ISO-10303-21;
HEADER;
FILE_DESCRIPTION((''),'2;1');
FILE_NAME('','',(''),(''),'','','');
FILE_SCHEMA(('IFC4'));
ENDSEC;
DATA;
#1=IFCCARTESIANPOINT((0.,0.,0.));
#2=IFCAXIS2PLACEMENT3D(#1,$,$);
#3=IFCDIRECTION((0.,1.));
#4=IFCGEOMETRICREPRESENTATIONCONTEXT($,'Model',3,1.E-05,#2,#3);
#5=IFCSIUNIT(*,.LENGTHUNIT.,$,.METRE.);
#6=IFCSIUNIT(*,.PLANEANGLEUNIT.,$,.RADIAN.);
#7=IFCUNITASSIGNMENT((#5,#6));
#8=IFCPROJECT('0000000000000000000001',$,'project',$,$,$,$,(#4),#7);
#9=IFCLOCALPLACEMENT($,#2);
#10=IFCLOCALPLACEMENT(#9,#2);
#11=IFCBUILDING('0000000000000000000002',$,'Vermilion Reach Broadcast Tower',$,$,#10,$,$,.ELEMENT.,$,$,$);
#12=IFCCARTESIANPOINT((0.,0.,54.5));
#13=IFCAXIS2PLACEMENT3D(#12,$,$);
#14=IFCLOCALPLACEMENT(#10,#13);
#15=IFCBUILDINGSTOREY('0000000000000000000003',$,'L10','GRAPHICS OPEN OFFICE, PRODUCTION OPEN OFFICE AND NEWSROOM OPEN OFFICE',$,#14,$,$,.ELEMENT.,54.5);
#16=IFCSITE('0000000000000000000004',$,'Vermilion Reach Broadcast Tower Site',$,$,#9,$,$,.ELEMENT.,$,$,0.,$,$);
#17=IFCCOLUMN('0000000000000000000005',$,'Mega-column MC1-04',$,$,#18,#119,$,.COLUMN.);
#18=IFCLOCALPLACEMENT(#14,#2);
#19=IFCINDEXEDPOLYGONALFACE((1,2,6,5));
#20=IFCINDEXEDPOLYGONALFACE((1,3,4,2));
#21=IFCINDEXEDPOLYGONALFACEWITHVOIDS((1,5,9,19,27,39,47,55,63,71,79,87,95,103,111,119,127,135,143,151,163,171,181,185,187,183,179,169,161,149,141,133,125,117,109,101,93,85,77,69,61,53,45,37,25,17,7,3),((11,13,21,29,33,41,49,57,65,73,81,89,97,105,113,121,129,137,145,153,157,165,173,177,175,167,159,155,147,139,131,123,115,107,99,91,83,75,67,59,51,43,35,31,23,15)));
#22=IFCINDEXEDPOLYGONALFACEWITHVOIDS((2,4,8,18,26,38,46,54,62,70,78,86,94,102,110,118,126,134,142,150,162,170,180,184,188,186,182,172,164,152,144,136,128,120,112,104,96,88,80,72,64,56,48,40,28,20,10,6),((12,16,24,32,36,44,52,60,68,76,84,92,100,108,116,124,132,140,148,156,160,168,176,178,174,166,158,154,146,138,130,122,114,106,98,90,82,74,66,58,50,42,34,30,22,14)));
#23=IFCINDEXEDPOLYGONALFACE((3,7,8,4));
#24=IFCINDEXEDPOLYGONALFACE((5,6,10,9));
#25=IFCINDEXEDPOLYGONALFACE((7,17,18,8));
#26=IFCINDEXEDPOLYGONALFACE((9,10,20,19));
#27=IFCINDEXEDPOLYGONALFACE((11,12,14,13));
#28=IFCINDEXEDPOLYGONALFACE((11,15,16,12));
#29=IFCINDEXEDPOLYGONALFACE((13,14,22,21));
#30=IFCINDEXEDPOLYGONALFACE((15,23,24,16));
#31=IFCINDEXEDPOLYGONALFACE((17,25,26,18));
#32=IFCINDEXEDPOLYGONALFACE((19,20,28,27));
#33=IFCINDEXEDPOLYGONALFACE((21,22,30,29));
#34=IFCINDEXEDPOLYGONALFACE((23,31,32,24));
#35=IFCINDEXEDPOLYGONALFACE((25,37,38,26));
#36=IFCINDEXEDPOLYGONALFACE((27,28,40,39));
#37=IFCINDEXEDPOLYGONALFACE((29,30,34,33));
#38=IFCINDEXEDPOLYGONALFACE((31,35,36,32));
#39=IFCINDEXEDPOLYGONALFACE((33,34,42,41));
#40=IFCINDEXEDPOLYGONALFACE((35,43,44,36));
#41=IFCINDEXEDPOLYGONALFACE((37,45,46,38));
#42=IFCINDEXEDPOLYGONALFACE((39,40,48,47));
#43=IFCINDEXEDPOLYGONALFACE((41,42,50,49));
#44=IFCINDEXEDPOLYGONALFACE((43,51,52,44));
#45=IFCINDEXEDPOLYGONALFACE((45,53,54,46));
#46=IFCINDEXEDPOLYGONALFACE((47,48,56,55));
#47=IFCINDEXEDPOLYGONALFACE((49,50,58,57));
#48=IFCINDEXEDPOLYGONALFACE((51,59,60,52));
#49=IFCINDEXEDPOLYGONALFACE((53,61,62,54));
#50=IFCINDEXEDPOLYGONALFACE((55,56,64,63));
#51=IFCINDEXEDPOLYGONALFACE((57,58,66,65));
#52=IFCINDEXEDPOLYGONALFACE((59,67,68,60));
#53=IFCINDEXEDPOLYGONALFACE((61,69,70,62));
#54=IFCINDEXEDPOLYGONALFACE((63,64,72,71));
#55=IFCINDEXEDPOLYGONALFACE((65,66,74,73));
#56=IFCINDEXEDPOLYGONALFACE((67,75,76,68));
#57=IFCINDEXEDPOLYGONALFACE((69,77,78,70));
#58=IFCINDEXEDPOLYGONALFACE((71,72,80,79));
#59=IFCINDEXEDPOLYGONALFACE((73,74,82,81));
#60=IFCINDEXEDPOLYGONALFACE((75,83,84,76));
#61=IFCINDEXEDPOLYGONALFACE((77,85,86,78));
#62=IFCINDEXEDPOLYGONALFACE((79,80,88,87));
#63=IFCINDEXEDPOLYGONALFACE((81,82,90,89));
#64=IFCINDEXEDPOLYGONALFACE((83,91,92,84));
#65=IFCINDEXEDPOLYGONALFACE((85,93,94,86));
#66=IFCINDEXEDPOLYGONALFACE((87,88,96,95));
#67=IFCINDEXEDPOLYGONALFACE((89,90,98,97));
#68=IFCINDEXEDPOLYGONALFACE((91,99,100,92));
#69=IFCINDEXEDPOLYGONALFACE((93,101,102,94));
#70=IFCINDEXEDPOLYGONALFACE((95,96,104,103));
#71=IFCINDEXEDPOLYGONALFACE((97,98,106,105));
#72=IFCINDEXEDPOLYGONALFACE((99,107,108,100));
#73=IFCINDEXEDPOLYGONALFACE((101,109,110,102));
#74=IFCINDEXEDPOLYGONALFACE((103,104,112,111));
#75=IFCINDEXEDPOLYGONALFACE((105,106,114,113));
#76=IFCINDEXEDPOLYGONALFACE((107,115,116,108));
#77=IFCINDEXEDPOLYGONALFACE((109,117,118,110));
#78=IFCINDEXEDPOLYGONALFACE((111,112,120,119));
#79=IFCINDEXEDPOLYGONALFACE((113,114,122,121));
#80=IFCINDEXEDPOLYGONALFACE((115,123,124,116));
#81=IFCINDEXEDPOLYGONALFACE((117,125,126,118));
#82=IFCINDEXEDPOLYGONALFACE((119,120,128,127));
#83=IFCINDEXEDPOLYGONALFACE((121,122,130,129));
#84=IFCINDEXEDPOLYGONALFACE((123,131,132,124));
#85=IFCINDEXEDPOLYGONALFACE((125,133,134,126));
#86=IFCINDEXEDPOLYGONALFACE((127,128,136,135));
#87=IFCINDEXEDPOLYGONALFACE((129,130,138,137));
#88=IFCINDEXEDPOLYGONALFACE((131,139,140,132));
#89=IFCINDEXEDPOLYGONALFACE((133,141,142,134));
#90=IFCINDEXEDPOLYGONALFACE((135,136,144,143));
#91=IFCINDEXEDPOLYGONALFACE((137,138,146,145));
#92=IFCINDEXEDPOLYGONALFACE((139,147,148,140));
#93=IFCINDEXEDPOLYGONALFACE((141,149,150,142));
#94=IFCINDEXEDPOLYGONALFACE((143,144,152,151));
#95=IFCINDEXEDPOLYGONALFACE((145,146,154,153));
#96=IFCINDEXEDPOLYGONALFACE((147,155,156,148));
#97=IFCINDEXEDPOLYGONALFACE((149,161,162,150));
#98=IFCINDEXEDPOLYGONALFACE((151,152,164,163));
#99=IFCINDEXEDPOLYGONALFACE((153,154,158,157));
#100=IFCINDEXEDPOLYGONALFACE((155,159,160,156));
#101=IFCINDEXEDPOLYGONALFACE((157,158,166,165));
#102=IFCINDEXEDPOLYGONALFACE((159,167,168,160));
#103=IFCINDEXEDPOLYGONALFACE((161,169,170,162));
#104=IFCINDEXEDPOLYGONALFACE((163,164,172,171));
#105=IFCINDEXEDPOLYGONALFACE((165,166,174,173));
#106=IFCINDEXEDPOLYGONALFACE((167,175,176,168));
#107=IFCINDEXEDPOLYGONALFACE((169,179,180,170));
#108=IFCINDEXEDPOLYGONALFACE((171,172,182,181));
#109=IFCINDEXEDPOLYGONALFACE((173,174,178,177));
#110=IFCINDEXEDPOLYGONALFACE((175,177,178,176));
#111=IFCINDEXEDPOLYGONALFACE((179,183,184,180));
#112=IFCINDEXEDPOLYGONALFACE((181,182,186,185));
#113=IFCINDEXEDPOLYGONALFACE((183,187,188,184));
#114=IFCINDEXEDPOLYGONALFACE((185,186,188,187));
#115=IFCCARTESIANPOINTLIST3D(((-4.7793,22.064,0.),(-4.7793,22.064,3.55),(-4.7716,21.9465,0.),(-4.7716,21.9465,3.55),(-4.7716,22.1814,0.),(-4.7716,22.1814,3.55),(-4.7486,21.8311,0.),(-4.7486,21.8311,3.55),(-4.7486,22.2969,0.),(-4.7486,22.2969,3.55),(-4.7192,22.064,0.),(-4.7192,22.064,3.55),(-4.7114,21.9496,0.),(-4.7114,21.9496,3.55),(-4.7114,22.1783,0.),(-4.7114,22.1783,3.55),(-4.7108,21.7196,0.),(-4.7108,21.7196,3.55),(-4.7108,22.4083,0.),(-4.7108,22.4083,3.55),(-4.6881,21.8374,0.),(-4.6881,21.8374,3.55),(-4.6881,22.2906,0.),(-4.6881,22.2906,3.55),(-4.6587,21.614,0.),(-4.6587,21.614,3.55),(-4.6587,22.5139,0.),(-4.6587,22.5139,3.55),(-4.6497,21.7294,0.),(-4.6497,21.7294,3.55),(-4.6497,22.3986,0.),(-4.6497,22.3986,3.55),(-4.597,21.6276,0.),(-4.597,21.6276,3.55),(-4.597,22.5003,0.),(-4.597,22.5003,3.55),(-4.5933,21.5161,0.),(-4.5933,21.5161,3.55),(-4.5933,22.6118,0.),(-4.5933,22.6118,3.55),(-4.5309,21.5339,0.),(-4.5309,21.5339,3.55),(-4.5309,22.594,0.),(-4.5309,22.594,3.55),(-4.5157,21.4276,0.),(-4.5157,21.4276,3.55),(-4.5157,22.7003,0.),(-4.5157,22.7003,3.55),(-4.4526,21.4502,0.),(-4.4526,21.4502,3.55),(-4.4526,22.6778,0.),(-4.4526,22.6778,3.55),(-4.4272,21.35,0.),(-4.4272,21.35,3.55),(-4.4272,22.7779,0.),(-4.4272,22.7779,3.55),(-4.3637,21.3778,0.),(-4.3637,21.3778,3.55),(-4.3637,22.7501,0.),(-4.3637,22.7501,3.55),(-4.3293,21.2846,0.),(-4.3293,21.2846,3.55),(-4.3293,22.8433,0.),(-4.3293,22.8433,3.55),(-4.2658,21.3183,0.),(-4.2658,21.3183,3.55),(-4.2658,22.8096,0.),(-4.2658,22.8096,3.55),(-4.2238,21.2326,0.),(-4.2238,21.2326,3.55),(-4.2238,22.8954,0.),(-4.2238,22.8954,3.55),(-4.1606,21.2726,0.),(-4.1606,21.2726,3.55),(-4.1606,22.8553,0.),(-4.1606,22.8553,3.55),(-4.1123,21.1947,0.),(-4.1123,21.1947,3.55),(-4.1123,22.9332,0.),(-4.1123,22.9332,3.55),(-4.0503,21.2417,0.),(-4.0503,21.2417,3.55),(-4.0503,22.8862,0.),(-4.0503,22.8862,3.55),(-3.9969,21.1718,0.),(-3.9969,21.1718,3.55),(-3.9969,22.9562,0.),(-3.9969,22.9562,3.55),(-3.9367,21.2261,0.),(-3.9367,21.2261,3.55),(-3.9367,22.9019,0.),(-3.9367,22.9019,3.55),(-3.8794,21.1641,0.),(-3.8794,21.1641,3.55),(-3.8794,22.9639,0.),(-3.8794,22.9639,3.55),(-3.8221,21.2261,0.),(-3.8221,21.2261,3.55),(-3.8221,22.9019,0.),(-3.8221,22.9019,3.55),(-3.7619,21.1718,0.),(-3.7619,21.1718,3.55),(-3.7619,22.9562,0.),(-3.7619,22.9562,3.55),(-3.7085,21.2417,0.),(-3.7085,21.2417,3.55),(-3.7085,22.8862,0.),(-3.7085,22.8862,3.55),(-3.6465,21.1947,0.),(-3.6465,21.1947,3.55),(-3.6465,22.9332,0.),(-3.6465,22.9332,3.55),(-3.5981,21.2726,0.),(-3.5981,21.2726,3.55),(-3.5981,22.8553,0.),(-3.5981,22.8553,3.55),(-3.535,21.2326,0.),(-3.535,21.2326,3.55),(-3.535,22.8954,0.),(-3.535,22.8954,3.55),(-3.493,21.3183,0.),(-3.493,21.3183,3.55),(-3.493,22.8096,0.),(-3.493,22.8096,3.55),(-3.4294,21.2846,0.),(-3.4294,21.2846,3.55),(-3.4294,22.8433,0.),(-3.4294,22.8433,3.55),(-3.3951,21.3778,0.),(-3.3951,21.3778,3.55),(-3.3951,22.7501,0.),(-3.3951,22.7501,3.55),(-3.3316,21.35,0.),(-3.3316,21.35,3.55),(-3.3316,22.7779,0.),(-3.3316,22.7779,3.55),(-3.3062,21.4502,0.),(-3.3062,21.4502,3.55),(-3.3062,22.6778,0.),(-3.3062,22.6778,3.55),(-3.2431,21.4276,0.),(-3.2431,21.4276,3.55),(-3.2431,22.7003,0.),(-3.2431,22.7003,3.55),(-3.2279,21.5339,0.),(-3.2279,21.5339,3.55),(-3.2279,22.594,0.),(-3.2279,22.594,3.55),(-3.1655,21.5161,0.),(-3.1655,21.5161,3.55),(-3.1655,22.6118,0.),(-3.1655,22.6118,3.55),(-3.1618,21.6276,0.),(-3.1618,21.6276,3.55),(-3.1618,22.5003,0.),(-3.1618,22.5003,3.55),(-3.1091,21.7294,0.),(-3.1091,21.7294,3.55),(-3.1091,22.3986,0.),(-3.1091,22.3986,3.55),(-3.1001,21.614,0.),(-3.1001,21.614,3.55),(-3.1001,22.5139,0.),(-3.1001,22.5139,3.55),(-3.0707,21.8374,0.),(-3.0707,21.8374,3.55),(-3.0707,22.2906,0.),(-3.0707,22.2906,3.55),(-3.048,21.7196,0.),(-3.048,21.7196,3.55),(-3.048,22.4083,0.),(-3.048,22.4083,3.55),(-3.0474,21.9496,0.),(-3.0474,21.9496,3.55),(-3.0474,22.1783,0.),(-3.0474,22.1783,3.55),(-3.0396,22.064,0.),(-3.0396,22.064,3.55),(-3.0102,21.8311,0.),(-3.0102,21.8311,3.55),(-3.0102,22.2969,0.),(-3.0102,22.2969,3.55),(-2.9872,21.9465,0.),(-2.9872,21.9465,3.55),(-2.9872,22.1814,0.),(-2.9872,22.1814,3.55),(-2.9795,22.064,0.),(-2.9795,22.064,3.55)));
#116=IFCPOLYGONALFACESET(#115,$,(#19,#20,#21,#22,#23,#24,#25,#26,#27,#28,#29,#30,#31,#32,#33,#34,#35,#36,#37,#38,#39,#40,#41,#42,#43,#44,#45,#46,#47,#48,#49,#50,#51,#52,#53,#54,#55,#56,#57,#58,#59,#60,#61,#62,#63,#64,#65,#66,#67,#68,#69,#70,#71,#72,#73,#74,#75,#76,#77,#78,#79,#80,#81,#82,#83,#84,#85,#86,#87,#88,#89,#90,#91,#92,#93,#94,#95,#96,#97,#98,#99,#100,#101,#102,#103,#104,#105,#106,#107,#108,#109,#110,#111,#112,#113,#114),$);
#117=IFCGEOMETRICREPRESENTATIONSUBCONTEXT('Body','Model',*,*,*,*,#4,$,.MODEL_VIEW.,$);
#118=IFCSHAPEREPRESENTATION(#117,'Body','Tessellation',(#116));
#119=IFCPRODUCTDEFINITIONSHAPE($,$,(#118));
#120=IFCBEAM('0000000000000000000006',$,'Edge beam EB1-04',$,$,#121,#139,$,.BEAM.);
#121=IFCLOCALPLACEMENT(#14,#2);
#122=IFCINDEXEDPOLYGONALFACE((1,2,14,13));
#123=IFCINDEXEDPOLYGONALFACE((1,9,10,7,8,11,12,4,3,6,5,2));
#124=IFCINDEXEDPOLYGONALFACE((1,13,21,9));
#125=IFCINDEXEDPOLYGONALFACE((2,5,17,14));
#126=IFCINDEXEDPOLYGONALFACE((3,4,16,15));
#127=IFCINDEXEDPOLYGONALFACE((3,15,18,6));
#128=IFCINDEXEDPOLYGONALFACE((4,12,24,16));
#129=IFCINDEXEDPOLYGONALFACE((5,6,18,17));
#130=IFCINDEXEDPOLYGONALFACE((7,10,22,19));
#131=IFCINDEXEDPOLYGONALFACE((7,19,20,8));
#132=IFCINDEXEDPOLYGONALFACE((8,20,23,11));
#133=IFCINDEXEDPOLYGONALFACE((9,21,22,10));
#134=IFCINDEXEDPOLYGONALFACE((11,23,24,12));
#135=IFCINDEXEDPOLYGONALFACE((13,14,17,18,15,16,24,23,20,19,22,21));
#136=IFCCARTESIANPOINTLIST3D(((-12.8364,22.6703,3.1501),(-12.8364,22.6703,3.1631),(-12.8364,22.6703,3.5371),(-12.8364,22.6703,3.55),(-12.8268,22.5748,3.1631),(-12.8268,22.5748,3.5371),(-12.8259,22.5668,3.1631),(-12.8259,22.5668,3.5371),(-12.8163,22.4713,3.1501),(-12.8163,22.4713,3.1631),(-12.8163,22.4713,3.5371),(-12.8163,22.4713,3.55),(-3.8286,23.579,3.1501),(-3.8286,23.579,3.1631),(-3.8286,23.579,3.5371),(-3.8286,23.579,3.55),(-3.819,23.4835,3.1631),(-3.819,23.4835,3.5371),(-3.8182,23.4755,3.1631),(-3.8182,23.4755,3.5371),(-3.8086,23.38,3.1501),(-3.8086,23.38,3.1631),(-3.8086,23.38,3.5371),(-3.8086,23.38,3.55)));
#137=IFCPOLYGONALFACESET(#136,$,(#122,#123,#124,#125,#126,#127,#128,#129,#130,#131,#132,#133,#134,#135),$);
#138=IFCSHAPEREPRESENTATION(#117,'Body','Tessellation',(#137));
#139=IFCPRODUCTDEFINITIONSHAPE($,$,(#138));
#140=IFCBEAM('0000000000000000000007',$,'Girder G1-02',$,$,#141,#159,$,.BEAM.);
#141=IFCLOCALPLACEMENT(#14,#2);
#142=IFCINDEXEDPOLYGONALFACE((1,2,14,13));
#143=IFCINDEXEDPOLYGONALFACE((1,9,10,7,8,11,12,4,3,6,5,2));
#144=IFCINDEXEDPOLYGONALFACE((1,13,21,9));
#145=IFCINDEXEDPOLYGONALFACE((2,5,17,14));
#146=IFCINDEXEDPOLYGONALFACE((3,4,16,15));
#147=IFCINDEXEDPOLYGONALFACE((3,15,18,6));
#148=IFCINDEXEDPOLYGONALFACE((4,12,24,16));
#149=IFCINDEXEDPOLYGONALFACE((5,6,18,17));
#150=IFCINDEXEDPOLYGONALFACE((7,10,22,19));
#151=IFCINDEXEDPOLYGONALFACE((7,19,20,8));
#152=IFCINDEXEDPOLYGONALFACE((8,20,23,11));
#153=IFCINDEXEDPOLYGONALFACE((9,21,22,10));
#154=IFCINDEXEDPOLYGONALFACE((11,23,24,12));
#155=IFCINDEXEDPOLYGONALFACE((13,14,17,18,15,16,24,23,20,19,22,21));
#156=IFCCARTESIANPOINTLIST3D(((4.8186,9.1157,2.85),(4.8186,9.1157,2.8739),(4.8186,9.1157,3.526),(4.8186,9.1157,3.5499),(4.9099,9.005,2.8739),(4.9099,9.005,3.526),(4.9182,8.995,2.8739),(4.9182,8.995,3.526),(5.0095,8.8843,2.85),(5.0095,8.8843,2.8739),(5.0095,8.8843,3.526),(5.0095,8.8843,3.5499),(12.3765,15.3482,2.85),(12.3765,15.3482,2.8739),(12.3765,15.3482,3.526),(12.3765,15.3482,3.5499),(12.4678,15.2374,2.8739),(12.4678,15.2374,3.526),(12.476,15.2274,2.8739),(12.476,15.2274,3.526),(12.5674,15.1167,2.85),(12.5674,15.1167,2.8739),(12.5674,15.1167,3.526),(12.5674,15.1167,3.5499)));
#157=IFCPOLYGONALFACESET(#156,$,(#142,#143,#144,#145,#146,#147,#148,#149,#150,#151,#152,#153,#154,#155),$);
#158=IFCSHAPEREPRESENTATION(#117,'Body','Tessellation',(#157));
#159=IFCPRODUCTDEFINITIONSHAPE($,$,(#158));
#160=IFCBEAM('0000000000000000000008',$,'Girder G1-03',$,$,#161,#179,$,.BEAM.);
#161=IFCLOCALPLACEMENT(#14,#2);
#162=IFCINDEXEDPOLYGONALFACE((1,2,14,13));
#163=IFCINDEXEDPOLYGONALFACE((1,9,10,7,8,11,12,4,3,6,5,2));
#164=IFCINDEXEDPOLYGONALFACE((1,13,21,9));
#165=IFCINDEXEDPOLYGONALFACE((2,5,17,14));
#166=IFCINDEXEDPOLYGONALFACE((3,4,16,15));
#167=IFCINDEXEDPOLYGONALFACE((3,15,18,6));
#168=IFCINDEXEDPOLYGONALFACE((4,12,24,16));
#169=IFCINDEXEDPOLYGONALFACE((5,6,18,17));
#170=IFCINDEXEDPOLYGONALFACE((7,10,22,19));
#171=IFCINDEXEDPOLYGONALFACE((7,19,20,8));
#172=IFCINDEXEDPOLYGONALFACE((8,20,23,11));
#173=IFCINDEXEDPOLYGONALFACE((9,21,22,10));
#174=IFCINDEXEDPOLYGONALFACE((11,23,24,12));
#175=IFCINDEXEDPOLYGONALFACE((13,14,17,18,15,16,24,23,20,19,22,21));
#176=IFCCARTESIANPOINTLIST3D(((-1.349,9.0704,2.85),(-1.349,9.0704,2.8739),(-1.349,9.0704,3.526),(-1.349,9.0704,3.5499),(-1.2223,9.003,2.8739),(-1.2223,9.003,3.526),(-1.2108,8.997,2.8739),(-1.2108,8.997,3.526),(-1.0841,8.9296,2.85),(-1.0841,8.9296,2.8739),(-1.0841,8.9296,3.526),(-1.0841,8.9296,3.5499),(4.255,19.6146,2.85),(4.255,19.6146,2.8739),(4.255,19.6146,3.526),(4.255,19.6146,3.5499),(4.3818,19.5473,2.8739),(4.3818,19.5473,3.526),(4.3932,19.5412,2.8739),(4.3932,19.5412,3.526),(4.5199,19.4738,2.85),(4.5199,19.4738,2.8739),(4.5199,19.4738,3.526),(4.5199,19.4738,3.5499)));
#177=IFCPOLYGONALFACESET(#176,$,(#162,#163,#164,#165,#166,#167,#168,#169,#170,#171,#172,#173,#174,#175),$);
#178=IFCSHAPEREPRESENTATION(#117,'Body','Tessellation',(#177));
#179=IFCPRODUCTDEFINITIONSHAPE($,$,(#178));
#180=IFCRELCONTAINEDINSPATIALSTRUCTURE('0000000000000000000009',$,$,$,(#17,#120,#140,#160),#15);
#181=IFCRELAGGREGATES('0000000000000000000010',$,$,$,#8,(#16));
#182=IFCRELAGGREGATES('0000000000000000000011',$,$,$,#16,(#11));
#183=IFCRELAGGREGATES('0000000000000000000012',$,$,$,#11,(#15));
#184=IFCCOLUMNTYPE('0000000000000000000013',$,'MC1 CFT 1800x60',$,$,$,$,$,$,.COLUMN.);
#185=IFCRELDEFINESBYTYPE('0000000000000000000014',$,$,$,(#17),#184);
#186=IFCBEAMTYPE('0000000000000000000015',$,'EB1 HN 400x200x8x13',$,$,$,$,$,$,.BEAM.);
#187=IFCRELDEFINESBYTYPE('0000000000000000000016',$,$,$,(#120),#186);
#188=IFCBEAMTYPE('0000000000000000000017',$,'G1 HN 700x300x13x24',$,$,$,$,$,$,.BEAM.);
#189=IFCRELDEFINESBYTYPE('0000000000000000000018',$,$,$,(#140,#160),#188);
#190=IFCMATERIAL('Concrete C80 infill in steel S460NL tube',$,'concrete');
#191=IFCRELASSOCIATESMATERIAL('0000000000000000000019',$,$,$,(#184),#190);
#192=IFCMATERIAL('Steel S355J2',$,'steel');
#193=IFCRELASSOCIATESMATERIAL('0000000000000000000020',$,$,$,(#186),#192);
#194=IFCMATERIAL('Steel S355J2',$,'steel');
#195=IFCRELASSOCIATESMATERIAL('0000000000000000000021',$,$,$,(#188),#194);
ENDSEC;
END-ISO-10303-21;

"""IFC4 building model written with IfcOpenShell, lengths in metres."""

from ifc_helpers import new_model, si_unit, direction, frame, origin, origin_2d, place, context, subcontext, project, spatial, hollow_circle, i_section, extrude, material, material_profile, profile_set, type_object, element, save


model = new_model("IFC4")

# Units and contexts
model_context = context("Model", 3, precision=1e-05, world=origin(), true_north=direction((0.0, 1.0)))
body_context = subcontext(model_context, "Body", "Model", "MODEL_VIEW")
ifc_project = project(units=[si_unit("LENGTHUNIT", "METRE"), si_unit("PLANEANGLEUNIT", "RADIAN")], contexts=[model_context])

# Site, building, storey
site_placement = place(None, origin())
site = spatial("IfcSite", under=ifc_project, at=site_placement, Name="Vermilion Reach Broadcast Tower Site", CompositionType="ELEMENT", RefElevation=0.0)
building_placement = place(site_placement, origin())
building = spatial("IfcBuilding", under=site, at=building_placement, Name="Vermilion Reach Broadcast Tower", CompositionType="ELEMENT")
storey_placement = place(building_placement, frame((0.0, 0.0, 54.5)))
storey = spatial("IfcBuildingStorey", under=building, at=storey_placement, Name="L10", Description="GRAPHICS OPEN OFFICE, PRODUCTION OPEN OFFICE AND NEWSROOM OPEN OFFICE", CompositionType="ELEMENT", Elevation=54.5)

# Column
ifc_material_1 = material(Name="Concrete C80 infill in steel S460NL tube", Category="concrete")
ifc_material_profile_1 = material_profile(ifc_material_1, hollow_circle(Radius=0.8999, WallThickness=0.0601, at=origin_2d()), Name="Concrete C80 infill in steel S460NL tube CFT 1800x60")
ifc_profile_set_1 = profile_set([ifc_material_profile_1], Name="Concrete C80 infill in steel S460NL tube")
column_type = type_object("IfcColumnType", Name="MC1 CFT 1800x60", PredefinedType="COLUMN", material=ifc_profile_set_1)
for number, where, z_axis, x_axis, name in (
    (1, (-3.8794, 22.064, 0.0), (0.0, 0.0, 1.0), (1.0, 0.0, 0.0), "Mega-column MC1-04"),
):
    element("IfcColumn", number, at=place(storey_placement, frame(where, z_axis=z_axis, x_axis=x_axis)), inside=storey, type_object=column_type, Name=name, PredefinedType="COLUMN", context=body_context, shape_type="SweptSolid", body=[
        extrude(hollow_circle(Radius=0.8999, WallThickness=0.0601, at=origin_2d()), origin(), (0.0, 0.0, 1.0), 3.55),
    ])

# Beams
ifc_material_2 = material(Name="Steel S355J2", Category="steel")
ifc_material_profile_2 = material_profile(ifc_material_2, i_section(OverallWidth=0.2, OverallDepth=0.3999, WebThickness=0.0081, FlangeThickness=0.0129, at=origin_2d()), Name="S355J2 HN 400x200x8x13")
ifc_profile_set_2 = profile_set([ifc_material_profile_2], Name="Steel S355J2")
beam_type_1 = type_object("IfcBeamType", Name="EB1 HN 400x200x8x13", PredefinedType="BEAM", material=ifc_profile_set_2)
beam_1_placement = place(storey_placement, frame((-3.8186, 23.4795, 3.3501), z_axis=(-0.99495, -0.100369, 0.0), x_axis=(0.100369, -0.99495, 0.0)))
element("IfcBeam", 2, at=beam_1_placement, inside=storey, type_object=beam_type_1, Name="Edge beam EB1-04", PredefinedType="BEAM", context=body_context, shape_type="SweptSolid", body=[
    extrude(i_section(OverallWidth=0.2, OverallDepth=0.3999, WebThickness=0.0081, FlangeThickness=0.0129, at=origin_2d()), origin(), (0.0, 0.0, 1.0), 9.0535),
])
ifc_material_3 = material(Name="Steel S355J2", Category="steel")
ifc_material_profile_3 = material_profile(ifc_material_3, i_section(OverallWidth=0.3, OverallDepth=0.7, WebThickness=0.0129, FlangeThickness=0.0239, at=origin_2d()), Name="S355J2 HN 700x300x13x24")
ifc_profile_set_3 = profile_set([ifc_material_profile_3], Name="Steel S355J2")
beam_type_2 = type_object("IfcBeamType", Name="G1 HN 700x300x13x24", PredefinedType="BEAM", material=ifc_profile_set_3)
beam_2_placement = place(storey_placement, frame((4.9141, 9.0, 3.2), z_axis=(0.771514, 0.636212, 0.0), x_axis=(-0.636212, 0.771514, 0.0)))
element("IfcBeam", 3, at=beam_2_placement, inside=storey, type_object=beam_type_2, Name="Girder G1-02", PredefinedType="BEAM", context=body_context, shape_type="SweptSolid", body=[
    extrude(i_section(OverallWidth=0.3, OverallDepth=0.7, WebThickness=0.0129, FlangeThickness=0.0239, at=origin_2d()), origin(), (0.0, 0.0, 1.0), 9.7961),
])
beam_3_placement = place(storey_placement, frame((-1.2166, 9.0, 3.2), z_axis=(0.469312, 0.883032, 0.0), x_axis=(-0.883032, 0.469312, 0.0)))
element("IfcBeam", 4, at=beam_3_placement, inside=storey, type_object=beam_type_2, Name="Girder G1-03", PredefinedType="BEAM", context=body_context, shape_type="SweptSolid", body=[
    extrude(i_section(OverallWidth=0.3, OverallDepth=0.7, WebThickness=0.0129, FlangeThickness=0.0239, at=origin_2d()), origin(), (0.0, 0.0, 1.0), 11.9409),
])

save(model, "model.ifc")
